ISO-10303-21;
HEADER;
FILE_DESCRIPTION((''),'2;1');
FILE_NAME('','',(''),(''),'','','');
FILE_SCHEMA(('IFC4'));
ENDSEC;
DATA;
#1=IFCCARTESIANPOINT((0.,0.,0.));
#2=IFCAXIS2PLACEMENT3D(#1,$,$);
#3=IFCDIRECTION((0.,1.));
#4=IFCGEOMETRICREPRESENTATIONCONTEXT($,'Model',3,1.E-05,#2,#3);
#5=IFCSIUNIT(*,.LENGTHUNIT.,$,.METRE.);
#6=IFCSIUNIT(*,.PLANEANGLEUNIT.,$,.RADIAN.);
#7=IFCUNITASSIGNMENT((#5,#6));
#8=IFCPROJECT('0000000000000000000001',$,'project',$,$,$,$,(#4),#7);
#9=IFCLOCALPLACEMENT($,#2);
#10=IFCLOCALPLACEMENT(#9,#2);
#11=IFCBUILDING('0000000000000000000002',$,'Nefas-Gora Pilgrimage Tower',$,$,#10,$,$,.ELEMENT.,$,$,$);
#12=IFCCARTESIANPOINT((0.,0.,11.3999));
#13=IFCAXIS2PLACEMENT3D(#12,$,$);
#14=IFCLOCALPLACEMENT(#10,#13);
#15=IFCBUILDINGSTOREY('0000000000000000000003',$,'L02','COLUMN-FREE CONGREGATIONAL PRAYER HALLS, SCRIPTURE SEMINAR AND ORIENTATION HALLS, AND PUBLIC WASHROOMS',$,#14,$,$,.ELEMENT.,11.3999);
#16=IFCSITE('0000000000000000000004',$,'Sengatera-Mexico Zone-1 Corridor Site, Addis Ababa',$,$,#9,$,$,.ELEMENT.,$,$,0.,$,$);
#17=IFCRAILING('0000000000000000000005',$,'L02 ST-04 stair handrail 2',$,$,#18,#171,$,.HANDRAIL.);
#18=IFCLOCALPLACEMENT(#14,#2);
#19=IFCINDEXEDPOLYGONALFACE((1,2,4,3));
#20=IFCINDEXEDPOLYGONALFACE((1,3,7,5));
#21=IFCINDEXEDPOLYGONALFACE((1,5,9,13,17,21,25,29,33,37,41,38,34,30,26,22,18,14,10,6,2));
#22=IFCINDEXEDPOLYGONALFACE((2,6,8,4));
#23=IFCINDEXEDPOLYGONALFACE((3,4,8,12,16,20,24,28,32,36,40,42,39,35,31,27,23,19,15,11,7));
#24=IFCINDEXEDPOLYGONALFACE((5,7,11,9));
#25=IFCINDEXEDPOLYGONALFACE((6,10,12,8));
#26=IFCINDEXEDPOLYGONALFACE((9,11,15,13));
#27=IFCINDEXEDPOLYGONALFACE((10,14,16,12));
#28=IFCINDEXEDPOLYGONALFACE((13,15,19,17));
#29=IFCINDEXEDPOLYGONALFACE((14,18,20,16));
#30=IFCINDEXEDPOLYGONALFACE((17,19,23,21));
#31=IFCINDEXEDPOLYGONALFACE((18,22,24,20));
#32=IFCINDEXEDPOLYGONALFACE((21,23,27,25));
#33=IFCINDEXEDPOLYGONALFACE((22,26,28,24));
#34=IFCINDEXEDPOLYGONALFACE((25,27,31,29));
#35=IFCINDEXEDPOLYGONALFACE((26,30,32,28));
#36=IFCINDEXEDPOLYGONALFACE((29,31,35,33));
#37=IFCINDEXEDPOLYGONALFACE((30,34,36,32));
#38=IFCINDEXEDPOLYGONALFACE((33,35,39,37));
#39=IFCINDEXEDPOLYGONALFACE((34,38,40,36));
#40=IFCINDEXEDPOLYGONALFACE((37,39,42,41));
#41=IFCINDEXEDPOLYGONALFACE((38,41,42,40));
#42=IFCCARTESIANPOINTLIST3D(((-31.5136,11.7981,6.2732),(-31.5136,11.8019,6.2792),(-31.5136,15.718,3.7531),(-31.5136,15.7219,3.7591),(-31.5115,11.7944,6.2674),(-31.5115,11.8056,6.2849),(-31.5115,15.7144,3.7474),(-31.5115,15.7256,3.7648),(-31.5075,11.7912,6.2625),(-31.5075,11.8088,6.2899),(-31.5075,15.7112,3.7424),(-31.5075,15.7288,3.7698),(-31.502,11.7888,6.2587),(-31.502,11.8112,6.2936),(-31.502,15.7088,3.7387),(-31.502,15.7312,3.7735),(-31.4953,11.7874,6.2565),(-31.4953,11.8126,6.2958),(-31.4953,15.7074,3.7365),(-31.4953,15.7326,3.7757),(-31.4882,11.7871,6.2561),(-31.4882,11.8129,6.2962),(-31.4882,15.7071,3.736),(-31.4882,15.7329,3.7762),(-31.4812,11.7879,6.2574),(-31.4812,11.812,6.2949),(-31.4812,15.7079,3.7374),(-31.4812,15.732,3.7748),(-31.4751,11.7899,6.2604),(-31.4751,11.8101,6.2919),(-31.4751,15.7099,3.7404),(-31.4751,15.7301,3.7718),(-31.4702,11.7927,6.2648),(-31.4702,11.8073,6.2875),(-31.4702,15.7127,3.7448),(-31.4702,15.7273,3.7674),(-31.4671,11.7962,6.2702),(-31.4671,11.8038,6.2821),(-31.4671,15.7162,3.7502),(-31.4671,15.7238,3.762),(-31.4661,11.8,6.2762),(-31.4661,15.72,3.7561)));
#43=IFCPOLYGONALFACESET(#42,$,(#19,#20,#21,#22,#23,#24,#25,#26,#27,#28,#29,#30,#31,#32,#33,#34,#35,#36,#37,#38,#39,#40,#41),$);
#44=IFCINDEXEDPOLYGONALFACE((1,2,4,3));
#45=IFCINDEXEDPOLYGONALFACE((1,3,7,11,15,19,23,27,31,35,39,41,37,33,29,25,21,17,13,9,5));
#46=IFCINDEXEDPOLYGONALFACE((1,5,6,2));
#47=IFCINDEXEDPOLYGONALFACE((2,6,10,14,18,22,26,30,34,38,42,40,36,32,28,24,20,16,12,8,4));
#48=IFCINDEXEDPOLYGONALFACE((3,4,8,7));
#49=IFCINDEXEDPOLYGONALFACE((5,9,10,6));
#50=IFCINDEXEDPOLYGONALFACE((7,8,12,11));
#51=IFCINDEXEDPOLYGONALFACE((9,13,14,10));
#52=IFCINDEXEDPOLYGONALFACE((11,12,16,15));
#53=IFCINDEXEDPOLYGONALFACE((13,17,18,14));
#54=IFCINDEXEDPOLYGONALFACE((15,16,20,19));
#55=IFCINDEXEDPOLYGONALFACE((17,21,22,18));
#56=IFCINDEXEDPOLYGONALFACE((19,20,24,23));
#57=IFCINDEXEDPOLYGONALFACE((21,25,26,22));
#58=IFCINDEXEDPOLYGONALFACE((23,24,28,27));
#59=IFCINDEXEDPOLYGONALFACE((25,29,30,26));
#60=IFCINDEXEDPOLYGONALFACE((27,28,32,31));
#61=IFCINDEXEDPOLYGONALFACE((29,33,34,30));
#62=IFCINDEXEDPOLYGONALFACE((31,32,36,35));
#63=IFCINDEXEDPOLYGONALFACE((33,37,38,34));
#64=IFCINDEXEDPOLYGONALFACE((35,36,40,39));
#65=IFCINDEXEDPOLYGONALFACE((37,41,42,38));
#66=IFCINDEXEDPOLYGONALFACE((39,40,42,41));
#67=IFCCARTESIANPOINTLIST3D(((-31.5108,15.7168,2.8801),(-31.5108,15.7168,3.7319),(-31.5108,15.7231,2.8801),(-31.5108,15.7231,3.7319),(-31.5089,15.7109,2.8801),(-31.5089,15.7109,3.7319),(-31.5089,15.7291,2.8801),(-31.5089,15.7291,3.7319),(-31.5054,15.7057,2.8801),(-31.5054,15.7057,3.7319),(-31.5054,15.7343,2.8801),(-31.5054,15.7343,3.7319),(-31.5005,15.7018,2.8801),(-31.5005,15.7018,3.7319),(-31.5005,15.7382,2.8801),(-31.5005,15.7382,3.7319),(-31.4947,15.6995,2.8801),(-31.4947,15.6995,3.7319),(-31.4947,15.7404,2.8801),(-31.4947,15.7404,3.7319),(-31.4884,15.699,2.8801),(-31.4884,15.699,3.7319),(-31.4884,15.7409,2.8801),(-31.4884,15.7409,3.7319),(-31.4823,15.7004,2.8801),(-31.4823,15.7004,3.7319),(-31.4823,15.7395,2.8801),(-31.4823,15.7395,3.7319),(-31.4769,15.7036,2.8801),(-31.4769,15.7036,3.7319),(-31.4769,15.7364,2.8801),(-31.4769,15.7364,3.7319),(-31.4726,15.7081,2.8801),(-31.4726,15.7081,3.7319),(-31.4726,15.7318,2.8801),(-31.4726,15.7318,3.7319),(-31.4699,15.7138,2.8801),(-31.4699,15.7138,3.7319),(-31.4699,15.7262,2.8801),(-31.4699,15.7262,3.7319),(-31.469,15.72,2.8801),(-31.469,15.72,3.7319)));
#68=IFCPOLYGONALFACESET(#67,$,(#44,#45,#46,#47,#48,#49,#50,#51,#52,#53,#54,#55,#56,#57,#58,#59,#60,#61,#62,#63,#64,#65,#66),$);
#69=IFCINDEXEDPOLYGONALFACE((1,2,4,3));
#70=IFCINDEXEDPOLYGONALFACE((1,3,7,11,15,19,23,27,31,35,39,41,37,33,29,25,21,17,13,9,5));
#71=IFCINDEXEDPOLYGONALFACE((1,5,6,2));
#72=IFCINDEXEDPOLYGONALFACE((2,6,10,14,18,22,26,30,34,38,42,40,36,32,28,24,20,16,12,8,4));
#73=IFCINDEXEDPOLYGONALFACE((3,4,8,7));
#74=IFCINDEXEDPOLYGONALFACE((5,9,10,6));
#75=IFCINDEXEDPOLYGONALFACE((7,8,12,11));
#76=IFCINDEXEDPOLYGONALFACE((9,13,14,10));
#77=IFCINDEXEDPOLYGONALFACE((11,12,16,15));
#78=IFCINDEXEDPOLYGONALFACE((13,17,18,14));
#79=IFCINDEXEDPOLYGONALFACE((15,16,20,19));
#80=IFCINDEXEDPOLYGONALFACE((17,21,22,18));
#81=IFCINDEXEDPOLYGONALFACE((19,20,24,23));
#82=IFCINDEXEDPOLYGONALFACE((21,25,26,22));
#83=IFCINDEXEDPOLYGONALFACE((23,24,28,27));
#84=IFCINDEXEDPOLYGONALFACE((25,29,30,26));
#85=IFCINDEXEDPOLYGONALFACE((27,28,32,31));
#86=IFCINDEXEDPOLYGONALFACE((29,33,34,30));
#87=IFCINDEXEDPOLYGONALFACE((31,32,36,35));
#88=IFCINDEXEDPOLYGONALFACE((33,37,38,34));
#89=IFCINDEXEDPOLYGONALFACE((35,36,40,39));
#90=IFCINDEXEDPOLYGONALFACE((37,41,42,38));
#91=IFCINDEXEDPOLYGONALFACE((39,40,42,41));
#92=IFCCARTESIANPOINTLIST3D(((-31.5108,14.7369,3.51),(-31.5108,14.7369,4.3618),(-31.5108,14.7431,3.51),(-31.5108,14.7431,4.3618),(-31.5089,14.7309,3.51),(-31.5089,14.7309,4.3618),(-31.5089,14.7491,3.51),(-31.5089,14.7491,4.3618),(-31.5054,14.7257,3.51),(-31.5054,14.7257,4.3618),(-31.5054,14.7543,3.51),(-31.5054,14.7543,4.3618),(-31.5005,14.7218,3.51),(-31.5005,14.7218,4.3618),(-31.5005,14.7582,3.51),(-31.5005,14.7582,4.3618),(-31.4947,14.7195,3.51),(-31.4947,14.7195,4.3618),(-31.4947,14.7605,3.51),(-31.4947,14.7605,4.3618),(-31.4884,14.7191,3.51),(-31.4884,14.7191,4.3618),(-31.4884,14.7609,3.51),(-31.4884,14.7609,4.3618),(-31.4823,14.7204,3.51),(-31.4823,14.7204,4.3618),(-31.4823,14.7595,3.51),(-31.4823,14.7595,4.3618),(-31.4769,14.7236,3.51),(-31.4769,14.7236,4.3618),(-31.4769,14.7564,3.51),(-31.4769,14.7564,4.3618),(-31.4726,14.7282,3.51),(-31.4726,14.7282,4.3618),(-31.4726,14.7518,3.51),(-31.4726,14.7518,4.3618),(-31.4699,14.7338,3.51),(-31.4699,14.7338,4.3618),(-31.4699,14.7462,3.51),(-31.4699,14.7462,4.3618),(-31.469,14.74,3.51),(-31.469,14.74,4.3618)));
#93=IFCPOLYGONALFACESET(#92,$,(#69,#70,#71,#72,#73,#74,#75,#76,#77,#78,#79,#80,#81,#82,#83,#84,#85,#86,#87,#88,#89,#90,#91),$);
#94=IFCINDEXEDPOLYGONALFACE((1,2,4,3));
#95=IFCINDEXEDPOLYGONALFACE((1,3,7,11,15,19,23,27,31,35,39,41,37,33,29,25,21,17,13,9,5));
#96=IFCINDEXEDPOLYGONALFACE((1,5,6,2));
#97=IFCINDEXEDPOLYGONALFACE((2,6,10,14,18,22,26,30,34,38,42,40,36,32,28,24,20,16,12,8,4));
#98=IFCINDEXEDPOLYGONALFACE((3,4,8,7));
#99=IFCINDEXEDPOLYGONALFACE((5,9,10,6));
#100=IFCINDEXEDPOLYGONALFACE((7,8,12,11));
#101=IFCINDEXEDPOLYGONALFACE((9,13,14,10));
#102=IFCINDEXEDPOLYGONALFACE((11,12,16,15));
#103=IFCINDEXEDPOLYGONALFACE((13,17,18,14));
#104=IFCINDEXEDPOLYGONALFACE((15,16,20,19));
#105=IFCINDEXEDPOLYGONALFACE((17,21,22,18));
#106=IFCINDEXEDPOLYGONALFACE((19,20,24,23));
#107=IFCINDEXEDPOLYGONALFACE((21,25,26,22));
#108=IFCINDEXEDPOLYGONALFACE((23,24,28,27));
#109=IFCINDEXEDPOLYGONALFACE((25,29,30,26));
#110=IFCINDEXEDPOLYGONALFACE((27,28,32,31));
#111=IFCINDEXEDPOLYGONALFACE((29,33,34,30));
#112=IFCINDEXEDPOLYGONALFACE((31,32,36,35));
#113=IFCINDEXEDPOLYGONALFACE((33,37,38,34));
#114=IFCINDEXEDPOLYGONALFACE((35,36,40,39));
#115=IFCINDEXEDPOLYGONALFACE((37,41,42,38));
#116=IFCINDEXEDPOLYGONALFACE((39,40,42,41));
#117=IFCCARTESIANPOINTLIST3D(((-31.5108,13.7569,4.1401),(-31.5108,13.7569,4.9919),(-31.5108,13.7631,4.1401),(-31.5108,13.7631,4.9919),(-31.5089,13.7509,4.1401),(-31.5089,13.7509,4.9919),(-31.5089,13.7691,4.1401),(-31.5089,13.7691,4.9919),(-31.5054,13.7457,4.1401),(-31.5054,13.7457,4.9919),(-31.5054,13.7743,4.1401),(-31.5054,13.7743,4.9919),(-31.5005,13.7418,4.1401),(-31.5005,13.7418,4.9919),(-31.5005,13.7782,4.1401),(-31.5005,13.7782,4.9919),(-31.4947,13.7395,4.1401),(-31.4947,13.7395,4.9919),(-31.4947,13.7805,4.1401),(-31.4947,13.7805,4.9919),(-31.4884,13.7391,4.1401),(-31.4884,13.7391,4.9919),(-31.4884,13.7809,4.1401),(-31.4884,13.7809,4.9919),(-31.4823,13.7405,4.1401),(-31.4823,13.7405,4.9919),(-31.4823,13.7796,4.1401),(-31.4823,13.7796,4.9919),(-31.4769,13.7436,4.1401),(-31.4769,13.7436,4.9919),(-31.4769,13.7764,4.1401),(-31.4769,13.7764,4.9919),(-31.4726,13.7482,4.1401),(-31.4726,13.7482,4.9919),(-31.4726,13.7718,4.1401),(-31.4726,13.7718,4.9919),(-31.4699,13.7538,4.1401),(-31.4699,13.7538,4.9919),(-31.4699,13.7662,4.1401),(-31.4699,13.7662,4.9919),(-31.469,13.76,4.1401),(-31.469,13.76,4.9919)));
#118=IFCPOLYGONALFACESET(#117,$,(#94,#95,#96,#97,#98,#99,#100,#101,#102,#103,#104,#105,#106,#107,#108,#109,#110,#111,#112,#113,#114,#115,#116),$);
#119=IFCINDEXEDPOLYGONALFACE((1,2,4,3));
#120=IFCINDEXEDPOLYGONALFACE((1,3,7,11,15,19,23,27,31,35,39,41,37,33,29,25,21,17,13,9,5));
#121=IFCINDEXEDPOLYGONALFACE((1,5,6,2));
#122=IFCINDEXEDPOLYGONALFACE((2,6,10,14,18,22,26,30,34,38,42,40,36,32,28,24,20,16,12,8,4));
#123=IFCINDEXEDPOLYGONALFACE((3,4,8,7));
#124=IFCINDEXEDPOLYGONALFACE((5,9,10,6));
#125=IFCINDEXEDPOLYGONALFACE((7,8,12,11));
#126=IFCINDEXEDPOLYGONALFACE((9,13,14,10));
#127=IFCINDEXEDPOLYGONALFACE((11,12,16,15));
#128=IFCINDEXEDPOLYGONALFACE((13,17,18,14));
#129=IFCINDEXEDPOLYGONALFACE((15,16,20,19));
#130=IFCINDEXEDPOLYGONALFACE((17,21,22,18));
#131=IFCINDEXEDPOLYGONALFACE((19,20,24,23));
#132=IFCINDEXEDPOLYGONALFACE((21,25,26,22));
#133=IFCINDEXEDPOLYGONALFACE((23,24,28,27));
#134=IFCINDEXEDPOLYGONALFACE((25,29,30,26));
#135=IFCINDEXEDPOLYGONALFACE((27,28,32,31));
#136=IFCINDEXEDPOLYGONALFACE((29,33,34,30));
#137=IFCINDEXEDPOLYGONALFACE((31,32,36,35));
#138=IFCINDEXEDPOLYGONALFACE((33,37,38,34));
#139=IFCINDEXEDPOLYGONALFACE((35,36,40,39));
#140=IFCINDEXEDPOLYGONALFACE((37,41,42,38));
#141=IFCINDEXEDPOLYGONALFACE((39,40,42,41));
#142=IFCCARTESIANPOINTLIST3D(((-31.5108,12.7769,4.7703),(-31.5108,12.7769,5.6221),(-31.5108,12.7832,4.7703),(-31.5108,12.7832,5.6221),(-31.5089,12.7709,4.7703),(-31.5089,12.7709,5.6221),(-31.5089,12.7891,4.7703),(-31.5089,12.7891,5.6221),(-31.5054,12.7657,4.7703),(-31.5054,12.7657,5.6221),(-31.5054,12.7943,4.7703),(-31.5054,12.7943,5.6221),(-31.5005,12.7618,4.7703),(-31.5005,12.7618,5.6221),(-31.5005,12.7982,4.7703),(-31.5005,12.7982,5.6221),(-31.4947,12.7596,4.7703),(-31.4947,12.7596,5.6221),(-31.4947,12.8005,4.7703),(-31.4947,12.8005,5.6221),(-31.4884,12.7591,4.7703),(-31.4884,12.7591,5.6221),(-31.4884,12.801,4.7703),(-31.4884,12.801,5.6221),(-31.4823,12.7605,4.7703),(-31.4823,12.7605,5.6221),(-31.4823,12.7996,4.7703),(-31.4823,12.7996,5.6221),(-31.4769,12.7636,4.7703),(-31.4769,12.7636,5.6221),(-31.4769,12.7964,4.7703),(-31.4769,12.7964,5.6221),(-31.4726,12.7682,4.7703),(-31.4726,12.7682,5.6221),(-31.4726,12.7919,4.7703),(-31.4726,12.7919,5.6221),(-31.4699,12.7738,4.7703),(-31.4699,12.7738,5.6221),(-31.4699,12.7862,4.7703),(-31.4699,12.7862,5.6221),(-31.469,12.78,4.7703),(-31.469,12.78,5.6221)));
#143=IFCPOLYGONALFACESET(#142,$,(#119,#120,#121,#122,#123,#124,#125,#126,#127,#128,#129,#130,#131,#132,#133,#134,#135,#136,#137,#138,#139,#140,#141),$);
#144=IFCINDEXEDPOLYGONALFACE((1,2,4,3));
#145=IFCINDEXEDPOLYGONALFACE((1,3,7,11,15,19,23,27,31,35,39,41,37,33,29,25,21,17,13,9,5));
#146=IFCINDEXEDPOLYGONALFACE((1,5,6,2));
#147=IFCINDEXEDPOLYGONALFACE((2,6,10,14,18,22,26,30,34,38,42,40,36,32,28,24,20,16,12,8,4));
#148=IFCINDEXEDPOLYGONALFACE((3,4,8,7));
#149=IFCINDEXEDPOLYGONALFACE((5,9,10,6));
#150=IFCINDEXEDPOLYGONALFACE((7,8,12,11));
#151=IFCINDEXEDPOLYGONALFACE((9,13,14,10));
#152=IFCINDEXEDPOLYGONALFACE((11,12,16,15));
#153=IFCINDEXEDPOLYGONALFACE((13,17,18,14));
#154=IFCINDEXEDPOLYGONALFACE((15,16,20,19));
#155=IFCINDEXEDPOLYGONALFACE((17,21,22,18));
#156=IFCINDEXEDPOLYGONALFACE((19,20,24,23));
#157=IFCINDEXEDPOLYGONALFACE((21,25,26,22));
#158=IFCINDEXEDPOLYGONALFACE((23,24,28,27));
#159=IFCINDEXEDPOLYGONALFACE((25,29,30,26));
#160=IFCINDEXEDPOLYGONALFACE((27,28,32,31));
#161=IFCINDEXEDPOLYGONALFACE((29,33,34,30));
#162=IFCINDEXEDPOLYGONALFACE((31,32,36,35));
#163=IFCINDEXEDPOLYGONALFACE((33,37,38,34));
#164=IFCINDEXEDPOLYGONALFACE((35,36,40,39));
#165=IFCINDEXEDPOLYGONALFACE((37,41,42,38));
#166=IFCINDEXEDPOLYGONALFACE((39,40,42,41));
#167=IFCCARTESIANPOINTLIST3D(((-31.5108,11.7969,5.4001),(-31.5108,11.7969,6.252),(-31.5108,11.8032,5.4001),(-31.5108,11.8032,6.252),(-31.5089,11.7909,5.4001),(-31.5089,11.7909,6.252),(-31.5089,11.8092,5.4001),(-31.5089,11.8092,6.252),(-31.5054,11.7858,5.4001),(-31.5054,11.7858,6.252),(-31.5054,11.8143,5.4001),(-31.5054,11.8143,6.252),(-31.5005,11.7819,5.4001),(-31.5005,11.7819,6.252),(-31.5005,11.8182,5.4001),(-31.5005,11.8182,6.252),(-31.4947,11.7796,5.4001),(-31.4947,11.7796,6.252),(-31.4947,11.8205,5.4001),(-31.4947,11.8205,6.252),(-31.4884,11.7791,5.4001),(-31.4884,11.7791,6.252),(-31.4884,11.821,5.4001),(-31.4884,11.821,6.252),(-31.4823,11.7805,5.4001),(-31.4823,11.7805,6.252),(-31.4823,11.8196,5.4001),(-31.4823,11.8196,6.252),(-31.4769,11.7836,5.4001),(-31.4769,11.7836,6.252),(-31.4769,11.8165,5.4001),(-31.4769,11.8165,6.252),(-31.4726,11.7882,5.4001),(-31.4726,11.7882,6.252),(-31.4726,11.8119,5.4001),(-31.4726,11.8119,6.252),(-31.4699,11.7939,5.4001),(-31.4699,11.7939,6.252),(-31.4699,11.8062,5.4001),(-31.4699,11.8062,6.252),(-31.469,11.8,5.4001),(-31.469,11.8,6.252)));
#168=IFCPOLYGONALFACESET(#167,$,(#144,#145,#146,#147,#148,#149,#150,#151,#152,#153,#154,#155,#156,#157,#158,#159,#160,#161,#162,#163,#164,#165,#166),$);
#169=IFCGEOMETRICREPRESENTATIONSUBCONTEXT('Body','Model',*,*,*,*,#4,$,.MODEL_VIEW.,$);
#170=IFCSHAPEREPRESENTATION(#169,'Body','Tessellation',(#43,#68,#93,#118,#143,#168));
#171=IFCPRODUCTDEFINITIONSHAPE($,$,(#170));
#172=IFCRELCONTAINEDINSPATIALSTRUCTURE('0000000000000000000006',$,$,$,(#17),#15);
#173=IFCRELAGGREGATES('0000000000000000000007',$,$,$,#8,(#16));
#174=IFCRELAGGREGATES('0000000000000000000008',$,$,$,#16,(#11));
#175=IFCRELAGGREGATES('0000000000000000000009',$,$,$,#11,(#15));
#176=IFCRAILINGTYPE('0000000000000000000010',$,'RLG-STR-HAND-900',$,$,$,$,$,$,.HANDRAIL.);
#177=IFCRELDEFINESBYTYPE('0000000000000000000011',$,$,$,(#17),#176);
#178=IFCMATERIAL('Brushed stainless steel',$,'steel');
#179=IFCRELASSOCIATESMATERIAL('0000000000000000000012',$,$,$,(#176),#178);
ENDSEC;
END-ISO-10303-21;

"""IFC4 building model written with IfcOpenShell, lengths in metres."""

from ifc_helpers import new_model, si_unit, direction, frame, origin, origin_2d, place, context, subcontext, project, spatial, circle, extrude, material, type_object, element, save


model = new_model("IFC4")

# Units and contexts
model_context = context("Model", 3, precision=1e-05, world=origin(), true_north=direction((0.0, 1.0)))
body_context = subcontext(model_context, "Body", "Model", "MODEL_VIEW")
ifc_project = project(units=[si_unit("LENGTHUNIT", "METRE"), si_unit("PLANEANGLEUNIT", "RADIAN")], contexts=[model_context])

# Site, building, storey
site_placement = place(None, origin())
site = spatial("IfcSite", under=ifc_project, at=site_placement, Name="Sengatera-Mexico Zone-1 Corridor Site, Addis Ababa", CompositionType="ELEMENT", RefElevation=0.0)
building_placement = place(site_placement, origin())
building = spatial("IfcBuilding", under=site, at=building_placement, Name="Nefas-Gora Pilgrimage Tower", CompositionType="ELEMENT")
storey_placement = place(building_placement, frame((0.0, 0.0, 11.3999)))
storey = spatial("IfcBuildingStorey", under=building, at=storey_placement, Name="L02", Description="COLUMN-FREE CONGREGATIONAL PRAYER HALLS, SCRIPTURE SEMINAR AND ORIENTATION HALLS, AND PUBLIC WASHROOMS", CompositionType="ELEMENT", Elevation=11.3999)

# Railing
ifc_material_1 = material(Name="Brushed stainless steel", Category="steel")
railing_type_1 = type_object("IfcRailingType", Name="RLG-STR-HAND-900", PredefinedType="HANDRAIL", material=ifc_material_1)
railing_1_placement = place(storey_placement, frame((-31.49, 15.72, 2.8801)))
element("IfcRailing", 1, at=railing_1_placement, inside=storey, type_object=railing_type_1, Name="L02 ST-04 stair handrail 2", PredefinedType="HANDRAIL", context=body_context, shape_type="SweptSolid", body=[
    extrude(circle(Radius=0.0239, at=origin_2d()), frame((0.0, 0.0, 0.876), z_axis=(0.0, -0.841172, 0.540768), x_axis=(1.0, 0.0, 0.0)), (0.0, 0.0, 1.0), 4.6602),
    extrude(circle(Radius=0.021, at=origin_2d()), origin(), (0.0, 0.0, 1.0), 0.8518),
    extrude(circle(Radius=0.021, at=origin_2d()), frame((0.0, -0.98, 0.6299)), (0.0, 0.0, 1.0), 0.8518),
    extrude(circle(Radius=0.021, at=origin_2d()), frame((0.0, -1.96, 1.26)), (0.0, 0.0, 1.0), 0.8518),
    extrude(circle(Radius=0.021, at=origin_2d()), frame((0.0, -2.9399, 1.8901)), (0.0, 0.0, 1.0), 0.8518),
    extrude(circle(Radius=0.021, at=origin_2d()), frame((0.0, -3.9199, 2.52)), (0.0, 0.0, 1.0), 0.8518),
])

save(model, "model.ifc")
